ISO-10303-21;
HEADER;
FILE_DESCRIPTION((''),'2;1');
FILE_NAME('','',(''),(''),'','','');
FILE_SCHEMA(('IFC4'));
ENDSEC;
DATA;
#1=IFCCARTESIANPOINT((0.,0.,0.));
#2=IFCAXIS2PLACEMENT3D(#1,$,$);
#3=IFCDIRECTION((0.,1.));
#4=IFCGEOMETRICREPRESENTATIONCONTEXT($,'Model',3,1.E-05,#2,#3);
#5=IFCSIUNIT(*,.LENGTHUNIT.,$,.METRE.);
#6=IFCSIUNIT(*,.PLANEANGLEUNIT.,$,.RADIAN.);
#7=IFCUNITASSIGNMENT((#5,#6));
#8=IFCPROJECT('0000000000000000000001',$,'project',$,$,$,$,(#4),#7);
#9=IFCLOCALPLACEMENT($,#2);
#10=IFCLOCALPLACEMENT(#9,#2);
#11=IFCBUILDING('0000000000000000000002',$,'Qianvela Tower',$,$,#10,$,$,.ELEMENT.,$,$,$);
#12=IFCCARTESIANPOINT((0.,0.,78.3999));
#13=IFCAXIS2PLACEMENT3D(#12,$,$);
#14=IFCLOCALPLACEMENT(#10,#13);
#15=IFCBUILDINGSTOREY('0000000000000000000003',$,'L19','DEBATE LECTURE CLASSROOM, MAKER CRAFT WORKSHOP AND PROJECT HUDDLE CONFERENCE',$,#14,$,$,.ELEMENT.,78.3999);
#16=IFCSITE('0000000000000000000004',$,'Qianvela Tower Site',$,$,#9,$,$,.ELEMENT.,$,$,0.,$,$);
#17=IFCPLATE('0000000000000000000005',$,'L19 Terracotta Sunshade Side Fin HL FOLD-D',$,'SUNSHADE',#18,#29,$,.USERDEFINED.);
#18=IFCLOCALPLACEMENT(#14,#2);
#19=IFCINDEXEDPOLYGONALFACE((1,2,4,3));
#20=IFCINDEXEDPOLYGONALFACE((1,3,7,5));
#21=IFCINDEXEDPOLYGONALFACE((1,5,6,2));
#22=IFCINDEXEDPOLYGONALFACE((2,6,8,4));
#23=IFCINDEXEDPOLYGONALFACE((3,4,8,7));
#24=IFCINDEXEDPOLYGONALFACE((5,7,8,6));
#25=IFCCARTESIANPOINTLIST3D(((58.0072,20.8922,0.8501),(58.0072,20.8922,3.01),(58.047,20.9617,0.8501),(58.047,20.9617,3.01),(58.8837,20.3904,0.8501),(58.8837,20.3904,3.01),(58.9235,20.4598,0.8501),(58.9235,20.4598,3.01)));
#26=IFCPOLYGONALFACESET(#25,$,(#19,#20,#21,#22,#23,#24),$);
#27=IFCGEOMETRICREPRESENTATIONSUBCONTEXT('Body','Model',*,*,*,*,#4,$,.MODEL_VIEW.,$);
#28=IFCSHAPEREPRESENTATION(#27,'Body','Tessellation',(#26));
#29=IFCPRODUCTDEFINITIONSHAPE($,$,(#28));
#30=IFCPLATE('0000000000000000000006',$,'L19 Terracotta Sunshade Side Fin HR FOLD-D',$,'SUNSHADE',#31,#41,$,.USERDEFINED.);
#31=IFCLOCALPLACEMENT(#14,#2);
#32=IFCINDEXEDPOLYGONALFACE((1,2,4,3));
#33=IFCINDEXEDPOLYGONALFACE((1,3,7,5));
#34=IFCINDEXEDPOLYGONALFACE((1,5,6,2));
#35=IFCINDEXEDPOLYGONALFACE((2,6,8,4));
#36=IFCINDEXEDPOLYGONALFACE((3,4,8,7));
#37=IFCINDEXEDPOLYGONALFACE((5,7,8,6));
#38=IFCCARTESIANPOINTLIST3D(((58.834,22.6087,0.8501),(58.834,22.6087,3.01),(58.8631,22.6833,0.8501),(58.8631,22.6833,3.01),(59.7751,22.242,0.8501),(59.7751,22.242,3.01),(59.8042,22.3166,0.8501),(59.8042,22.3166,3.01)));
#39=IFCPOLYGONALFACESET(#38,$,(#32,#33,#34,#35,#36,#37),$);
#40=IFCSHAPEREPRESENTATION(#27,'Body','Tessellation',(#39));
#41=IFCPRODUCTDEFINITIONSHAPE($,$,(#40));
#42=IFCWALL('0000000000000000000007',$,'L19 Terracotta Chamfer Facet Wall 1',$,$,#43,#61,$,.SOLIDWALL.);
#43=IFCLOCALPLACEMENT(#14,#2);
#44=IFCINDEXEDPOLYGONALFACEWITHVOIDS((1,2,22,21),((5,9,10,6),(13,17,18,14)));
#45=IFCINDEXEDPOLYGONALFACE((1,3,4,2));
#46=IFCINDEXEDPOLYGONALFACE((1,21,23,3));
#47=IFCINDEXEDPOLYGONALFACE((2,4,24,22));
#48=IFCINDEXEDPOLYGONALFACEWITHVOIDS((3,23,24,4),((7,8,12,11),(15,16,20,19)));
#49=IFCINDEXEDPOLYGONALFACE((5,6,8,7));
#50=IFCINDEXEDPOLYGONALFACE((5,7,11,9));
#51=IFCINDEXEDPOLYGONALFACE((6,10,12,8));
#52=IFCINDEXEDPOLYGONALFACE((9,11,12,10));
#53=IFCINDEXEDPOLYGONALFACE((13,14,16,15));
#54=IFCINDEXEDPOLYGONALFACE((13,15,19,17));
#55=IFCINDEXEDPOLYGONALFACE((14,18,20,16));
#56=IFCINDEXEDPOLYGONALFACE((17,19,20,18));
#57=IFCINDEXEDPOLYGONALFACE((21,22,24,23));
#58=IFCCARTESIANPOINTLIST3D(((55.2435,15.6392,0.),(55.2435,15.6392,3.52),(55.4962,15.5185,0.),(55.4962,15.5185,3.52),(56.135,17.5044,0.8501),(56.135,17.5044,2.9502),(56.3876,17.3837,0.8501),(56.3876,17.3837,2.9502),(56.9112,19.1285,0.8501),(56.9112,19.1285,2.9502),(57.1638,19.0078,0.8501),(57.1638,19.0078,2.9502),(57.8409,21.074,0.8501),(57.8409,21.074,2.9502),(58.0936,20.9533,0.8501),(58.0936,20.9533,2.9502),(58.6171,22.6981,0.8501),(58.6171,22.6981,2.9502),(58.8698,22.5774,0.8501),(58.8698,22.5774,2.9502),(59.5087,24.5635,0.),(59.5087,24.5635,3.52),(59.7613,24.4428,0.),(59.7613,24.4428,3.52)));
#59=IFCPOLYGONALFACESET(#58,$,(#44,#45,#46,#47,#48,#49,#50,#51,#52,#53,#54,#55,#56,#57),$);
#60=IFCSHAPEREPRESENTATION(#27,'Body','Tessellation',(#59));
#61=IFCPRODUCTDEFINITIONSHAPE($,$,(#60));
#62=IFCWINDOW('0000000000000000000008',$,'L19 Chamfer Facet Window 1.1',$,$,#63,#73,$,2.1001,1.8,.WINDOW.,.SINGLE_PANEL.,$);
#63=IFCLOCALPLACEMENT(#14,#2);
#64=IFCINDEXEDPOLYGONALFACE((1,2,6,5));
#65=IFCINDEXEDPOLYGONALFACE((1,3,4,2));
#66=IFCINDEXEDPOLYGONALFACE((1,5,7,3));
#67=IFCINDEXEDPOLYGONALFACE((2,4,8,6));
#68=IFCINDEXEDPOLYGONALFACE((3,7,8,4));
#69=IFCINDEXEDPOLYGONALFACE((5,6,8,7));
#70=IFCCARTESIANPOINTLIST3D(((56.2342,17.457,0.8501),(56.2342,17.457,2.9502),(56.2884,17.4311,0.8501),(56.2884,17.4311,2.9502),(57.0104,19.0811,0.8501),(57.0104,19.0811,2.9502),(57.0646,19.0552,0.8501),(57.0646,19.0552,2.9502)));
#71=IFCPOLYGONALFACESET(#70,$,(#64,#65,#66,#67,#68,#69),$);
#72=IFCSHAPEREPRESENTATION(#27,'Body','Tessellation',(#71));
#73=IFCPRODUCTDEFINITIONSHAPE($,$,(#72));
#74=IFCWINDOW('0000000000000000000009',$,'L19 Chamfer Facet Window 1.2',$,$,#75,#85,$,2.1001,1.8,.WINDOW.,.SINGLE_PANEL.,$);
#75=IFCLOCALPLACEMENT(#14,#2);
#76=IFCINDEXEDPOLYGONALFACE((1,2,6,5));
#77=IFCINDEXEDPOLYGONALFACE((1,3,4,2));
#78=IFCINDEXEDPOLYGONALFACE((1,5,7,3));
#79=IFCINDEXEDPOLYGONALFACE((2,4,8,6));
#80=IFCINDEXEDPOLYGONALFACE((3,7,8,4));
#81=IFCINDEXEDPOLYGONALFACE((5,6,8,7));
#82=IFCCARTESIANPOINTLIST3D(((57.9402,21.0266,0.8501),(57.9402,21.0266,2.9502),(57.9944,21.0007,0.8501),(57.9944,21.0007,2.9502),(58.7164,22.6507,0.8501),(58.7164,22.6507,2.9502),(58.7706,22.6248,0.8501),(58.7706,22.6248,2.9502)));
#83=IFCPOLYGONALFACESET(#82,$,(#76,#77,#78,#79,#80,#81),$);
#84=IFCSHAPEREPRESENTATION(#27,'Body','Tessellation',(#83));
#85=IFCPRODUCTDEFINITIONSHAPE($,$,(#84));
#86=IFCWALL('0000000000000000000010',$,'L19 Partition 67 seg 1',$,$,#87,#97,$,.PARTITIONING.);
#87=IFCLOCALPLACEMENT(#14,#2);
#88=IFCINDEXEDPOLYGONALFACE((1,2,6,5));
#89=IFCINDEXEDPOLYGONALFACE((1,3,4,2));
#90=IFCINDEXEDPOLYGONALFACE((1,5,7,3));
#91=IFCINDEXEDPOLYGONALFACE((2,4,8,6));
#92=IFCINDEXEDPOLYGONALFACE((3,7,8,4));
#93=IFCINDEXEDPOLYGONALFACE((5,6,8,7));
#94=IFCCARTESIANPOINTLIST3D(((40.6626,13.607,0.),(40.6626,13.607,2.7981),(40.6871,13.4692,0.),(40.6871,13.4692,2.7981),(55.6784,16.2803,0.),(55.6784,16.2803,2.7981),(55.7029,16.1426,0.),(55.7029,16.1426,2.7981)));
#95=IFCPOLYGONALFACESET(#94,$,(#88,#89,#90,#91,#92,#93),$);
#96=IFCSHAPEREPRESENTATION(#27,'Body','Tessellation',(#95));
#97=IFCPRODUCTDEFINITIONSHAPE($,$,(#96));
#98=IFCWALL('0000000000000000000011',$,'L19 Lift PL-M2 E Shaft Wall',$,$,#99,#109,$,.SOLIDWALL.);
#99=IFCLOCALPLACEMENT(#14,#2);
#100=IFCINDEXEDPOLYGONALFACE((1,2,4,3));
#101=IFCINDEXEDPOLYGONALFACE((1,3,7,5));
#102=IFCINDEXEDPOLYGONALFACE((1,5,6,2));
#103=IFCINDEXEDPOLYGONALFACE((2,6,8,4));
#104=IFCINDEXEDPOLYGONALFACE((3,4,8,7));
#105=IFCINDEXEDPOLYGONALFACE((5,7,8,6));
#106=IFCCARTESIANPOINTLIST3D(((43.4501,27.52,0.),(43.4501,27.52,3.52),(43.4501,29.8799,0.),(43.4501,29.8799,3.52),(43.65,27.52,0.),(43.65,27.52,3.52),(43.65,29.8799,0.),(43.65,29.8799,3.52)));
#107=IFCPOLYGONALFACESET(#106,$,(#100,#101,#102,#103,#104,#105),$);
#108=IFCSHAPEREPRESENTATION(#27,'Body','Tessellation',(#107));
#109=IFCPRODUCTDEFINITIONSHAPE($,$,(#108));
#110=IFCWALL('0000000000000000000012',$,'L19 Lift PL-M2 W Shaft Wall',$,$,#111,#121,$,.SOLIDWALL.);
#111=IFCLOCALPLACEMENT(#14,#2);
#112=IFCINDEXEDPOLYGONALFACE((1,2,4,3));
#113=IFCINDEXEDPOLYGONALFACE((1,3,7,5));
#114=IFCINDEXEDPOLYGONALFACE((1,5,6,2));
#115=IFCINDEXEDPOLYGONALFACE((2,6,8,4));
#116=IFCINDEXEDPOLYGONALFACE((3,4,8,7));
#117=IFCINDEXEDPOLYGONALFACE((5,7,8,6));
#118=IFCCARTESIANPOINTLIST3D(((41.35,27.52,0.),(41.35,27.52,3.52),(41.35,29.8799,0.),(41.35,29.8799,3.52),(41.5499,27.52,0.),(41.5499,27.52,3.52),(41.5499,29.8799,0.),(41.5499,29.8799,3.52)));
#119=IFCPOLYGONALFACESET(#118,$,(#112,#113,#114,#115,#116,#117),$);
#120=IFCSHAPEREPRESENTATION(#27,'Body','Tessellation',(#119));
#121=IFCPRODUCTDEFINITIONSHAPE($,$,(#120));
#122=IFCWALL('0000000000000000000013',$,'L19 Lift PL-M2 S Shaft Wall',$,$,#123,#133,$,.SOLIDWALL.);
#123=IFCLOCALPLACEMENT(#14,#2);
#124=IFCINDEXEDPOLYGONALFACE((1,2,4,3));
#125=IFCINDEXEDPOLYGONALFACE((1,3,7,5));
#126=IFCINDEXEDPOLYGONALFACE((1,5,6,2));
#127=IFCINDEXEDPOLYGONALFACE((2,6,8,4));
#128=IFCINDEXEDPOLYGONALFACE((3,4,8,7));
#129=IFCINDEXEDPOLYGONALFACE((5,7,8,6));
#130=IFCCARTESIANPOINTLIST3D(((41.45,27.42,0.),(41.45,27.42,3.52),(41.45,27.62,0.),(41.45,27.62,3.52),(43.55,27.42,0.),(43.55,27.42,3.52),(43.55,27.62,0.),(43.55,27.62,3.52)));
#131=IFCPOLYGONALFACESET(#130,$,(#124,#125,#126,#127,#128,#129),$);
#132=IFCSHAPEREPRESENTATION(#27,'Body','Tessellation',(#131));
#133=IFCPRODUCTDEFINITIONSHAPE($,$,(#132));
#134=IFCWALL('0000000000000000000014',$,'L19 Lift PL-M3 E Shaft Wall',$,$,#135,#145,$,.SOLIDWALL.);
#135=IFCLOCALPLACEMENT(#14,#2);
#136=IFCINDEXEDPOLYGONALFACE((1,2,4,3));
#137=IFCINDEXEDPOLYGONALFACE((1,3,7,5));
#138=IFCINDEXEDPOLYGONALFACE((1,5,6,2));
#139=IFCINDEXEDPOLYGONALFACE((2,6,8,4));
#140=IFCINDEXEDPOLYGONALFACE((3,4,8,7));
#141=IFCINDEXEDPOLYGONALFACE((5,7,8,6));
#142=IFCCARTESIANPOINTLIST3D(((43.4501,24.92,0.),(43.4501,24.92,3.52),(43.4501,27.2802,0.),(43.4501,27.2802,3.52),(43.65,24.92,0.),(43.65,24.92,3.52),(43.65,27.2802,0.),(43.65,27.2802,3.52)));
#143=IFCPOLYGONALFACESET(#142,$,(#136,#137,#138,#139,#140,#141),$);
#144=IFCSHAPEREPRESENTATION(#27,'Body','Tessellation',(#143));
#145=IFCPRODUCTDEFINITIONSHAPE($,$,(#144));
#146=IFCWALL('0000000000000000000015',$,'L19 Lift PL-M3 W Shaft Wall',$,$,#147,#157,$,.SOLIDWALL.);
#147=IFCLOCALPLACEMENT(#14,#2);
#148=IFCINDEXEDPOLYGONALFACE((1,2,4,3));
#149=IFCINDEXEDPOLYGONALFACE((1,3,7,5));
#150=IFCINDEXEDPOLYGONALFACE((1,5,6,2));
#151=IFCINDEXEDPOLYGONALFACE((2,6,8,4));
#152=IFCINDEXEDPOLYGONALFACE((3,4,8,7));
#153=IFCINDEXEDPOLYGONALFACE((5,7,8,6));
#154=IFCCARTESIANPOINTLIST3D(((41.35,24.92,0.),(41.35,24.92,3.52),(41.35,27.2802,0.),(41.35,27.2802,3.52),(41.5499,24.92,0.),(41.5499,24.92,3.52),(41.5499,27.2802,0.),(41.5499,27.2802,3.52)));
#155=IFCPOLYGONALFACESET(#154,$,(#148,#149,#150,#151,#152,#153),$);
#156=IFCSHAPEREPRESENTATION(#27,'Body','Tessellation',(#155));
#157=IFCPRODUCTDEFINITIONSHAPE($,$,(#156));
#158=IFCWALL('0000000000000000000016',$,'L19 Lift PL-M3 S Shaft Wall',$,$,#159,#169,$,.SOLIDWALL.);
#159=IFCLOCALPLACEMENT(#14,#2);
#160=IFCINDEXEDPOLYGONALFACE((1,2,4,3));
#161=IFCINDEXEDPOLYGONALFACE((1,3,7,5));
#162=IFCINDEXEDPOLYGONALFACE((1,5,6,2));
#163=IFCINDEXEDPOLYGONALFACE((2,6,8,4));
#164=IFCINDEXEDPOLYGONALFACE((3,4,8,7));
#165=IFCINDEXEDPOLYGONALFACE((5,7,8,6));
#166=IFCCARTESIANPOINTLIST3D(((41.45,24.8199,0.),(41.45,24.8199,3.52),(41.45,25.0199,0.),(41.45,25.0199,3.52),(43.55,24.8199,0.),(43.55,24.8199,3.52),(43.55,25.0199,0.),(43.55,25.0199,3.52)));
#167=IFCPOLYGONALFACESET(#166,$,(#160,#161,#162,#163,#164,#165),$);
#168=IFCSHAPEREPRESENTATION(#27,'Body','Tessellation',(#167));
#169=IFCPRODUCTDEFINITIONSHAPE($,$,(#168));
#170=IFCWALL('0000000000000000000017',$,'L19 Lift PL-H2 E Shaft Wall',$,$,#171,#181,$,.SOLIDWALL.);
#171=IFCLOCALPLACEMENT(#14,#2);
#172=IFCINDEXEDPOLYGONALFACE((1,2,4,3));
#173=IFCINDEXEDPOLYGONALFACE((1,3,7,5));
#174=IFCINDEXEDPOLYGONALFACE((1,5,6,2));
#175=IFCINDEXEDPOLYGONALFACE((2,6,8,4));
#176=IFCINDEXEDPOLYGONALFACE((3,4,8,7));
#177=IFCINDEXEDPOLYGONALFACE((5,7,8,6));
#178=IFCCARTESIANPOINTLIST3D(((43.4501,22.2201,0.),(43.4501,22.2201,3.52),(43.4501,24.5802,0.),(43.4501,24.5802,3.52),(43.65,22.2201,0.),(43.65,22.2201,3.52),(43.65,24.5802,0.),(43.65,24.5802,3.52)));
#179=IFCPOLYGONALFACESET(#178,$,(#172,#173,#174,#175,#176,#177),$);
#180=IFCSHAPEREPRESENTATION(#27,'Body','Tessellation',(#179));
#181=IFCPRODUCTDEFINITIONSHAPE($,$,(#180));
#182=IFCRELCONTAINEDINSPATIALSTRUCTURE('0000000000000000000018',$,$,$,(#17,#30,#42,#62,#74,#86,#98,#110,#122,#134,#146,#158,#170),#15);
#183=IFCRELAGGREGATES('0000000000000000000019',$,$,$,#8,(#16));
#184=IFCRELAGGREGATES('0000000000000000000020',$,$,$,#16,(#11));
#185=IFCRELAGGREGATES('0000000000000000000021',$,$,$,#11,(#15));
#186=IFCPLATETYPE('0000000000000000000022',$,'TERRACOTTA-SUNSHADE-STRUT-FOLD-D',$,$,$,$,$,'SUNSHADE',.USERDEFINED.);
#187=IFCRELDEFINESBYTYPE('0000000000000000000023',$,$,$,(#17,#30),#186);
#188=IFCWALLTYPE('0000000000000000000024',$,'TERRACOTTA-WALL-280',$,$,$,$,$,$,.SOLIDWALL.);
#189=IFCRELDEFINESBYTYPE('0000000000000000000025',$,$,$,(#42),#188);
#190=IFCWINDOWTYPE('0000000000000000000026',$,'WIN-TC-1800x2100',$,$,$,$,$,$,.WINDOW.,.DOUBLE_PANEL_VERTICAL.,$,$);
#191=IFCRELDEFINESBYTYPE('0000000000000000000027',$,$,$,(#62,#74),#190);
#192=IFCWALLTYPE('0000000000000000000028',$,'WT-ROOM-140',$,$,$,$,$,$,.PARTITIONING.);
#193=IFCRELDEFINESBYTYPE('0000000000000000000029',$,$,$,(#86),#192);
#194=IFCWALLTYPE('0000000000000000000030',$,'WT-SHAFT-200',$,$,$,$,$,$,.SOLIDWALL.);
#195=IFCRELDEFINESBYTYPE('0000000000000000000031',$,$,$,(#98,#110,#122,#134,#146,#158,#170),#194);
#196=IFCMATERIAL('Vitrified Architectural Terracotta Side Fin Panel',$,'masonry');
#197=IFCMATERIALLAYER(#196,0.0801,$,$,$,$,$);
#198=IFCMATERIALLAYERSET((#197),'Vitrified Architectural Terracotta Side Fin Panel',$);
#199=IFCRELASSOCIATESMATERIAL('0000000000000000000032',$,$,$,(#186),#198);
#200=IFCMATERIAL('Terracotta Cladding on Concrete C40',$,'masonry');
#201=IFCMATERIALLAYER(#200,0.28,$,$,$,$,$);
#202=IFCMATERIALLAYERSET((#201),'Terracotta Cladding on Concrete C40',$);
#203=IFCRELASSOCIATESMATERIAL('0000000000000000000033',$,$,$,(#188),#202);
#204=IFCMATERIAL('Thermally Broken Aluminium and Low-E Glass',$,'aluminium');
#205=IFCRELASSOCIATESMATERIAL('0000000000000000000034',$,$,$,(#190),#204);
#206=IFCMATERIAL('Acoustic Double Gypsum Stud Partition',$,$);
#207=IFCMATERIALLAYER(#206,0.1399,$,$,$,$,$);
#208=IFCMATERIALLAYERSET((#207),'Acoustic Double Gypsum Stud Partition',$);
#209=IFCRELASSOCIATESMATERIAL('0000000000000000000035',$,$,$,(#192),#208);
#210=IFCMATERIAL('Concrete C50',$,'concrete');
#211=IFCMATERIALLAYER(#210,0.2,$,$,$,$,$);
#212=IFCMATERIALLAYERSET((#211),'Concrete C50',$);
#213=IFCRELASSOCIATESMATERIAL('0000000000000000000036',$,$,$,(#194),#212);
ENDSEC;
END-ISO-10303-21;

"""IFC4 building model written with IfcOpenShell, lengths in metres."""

from ifc_helpers import new_model, si_unit, direction, frame, frame_2d, origin, origin_2d, place, context, subcontext, project, spatial, rectangle, extrude, material, layer, layer_set, type_object, element, fill, save


model = new_model("IFC4")

# Units and contexts
model_context = context("Model", 3, precision=1e-05, world=origin(), true_north=direction((0.0, 1.0)))
body_context = subcontext(model_context, "Body", "Model", "MODEL_VIEW")
ifc_project = project(units=[si_unit("LENGTHUNIT", "METRE"), si_unit("PLANEANGLEUNIT", "RADIAN")], contexts=[model_context])

# Site, building, storey
site_placement = place(None, origin())
site = spatial("IfcSite", under=ifc_project, at=site_placement, Name="Qianvela Tower Site", CompositionType="ELEMENT", RefElevation=0.0)
building_placement = place(site_placement, origin())
building = spatial("IfcBuilding", under=site, at=building_placement, Name="Qianvela Tower", CompositionType="ELEMENT")
storey_placement = place(building_placement, frame((0.0, 0.0, 78.3999)))
storey = spatial("IfcBuildingStorey", under=building, at=storey_placement, Name="L19", Description="DEBATE LECTURE CLASSROOM, MAKER CRAFT WORKSHOP AND PROJECT HUDDLE CONFERENCE", CompositionType="ELEMENT", Elevation=78.3999)

# Plates
ifc_material_1 = material(Name="Vitrified Architectural Terracotta Side Fin Panel", Category="masonry")
ifc_layer_1 = layer(ifc_material_1, 0.0801)
ifc_layer_set_1 = layer_set([ifc_layer_1], Name="Vitrified Architectural Terracotta Side Fin Panel")
plate_type_1 = type_object("IfcPlateType", Name="TERRACOTTA-SUNSHADE-STRUT-FOLD-D", ElementType="SUNSHADE", PredefinedType="USERDEFINED", material=ifc_layer_set_1)
for number, where, z_axis, x_axis, name in (
    (1, (58.4653, 20.676, 0.8501), (0.0, 0.0, 1.0), (0.496872, 0.867824, 0.0), "L19 Terracotta Sunshade Side Fin HL FOLD-D"),
    (2, (59.3191, 22.4626, 0.8501), (0.0, 0.0, 1.0), (0.363142, 0.931734, 0.0), "L19 Terracotta Sunshade Side Fin HR FOLD-D"),
):
    element("IfcPlate", number, at=place(storey_placement, frame(where, z_axis=z_axis, x_axis=x_axis)), inside=storey, type_object=plate_type_1, Name=name, ObjectType="SUNSHADE", PredefinedType="USERDEFINED", context=body_context, shape_type="SweptSolid", body=[
        extrude(rectangle(XDim=0.0801, YDim=1.01, at=origin_2d()), origin(), (0.0, 0.0, 1.0), 2.1599),
    ])

# Wall, openings, windows
ifc_material_2 = material(Name="Terracotta Cladding on Concrete C40", Category="masonry")
ifc_layer_2 = layer(ifc_material_2, 0.28)
ifc_layer_set_2 = layer_set([ifc_layer_2], Name="Terracotta Cladding on Concrete C40")
wall_type_1 = type_object("IfcWallType", Name="TERRACOTTA-WALL-280", PredefinedType="SOLIDWALL", material=ifc_layer_set_2)
wall_1_placement = place(storey_placement, frame((55.3699, 15.5789, 0.0), z_axis=(0.0, 0.0, 1.0), x_axis=(0.431207, 0.902253, 0.0)))
wall_1 = element("IfcWall", 3, at=wall_1_placement, inside=storey, type_object=wall_type_1, Name="L19 Terracotta Chamfer Facet Wall 1", PredefinedType="SOLIDWALL", context=body_context, shape_type="SweptSolid", body=[
    extrude(rectangle(XDim=9.8911, YDim=0.28, at=frame_2d((4.9456, 0.0))), origin(), (0.0, 0.0, 1.0), 3.52),
])
opening_1_placement = place(wall_1_placement, frame((2.0674, 0.0, 0.8501)))
opening_1 = element("IfcOpeningElement", 4, at=opening_1_placement, cuts=wall_1, PredefinedType="OPENING", context=body_context, shape_type="SweptSolid", body=[
    extrude(rectangle(XDim=1.8, YDim=2.1001, at=frame_2d((0.8999, 1.05))), frame((0.0, 0.1499, 0.0), z_axis=(0.0, -1.0, 0.0), x_axis=(1.0, 0.0, 0.0)), (0.0, 0.0, 1.0), 0.3),
])
opening_2_placement = place(wall_1_placement, frame((6.0237, 0.0, 0.8501)))
opening_2 = element("IfcOpeningElement", 5, at=opening_2_placement, cuts=wall_1, PredefinedType="OPENING", context=body_context, shape_type="SweptSolid", body=[
    extrude(rectangle(XDim=1.8, YDim=2.1001, at=frame_2d((0.8999, 1.05))), frame((0.0, 0.1499, 0.0), z_axis=(0.0, -1.0, 0.0), x_axis=(1.0, 0.0, 0.0)), (0.0, 0.0, 1.0), 0.3),
])
ifc_material_3 = material(Name="Thermally Broken Aluminium and Low-E Glass", Category="aluminium")
window_type = type_object("IfcWindowType", Name="WIN-TC-1800x2100", PartitioningType="DOUBLE_PANEL_VERTICAL", PredefinedType="WINDOW", material=ifc_material_3)
window_1_placement = place(opening_1_placement, origin())
window_1 = element("IfcWindow", 6, at=window_1_placement, inside=storey, type_object=window_type, Name="L19 Chamfer Facet Window 1.1", OverallHeight=2.1001, OverallWidth=1.8, PartitioningType="SINGLE_PANEL", PredefinedType="WINDOW", context=body_context, shape_type="SweptSolid", body=[
    extrude(rectangle(XDim=1.8, YDim=2.1001, at=frame_2d((0.8999, 1.05))), frame((0.0, 0.03, 0.0), z_axis=(0.0, -1.0, 0.0), x_axis=(1.0, 0.0, 0.0)), (0.0, 0.0, 1.0), 0.0601),
])
fill(opening_1, window_1)
window_2_placement = place(opening_2_placement, origin())
window_2 = element("IfcWindow", 7, at=window_2_placement, inside=storey, type_object=window_type, Name="L19 Chamfer Facet Window 1.2", OverallHeight=2.1001, OverallWidth=1.8, PartitioningType="SINGLE_PANEL", PredefinedType="WINDOW", context=body_context, shape_type="SweptSolid", body=[
    extrude(rectangle(XDim=1.8, YDim=2.1001, at=frame_2d((0.8999, 1.05))), frame((0.0, 0.03, 0.0), z_axis=(0.0, -1.0, 0.0), x_axis=(1.0, 0.0, 0.0)), (0.0, 0.0, 1.0), 0.0601),
])
fill(opening_2, window_2)

# Walls
ifc_material_4 = material(Name="Acoustic Double Gypsum Stud Partition")
ifc_layer_3 = layer(ifc_material_4, 0.1399)
ifc_layer_set_3 = layer_set([ifc_layer_3], Name="Acoustic Double Gypsum Stud Partition")
wall_type_2 = type_object("IfcWallType", Name="WT-ROOM-140", PredefinedType="PARTITIONING", material=ifc_layer_set_3)
wall_2_placement = place(storey_placement, frame((55.6907, 16.2114, 0.0), z_axis=(0.0, 0.0, 1.0), x_axis=(-0.984519, -0.175278, 0.0)))
element("IfcWall", 8, at=wall_2_placement, inside=storey, type_object=wall_type_2, Name="L19 Partition 67 seg 1", PredefinedType="PARTITIONING", context=body_context, shape_type="SweptSolid", body=[
    extrude(rectangle(XDim=15.252, YDim=0.1399, at=frame_2d((7.626, 0.0))), origin(), (0.0, 0.0, 1.0), 2.7981),
])
ifc_material_5 = material(Name="Concrete C50", Category="concrete")
ifc_layer_4 = layer(ifc_material_5, 0.2)
ifc_layer_set_4 = layer_set([ifc_layer_4], Name="Concrete C50")
wall_type_3 = type_object("IfcWallType", Name="WT-SHAFT-200", PredefinedType="SOLIDWALL", material=ifc_layer_set_4)
for number, where, z_axis, x_axis, name in (
    (9, (43.55, 27.52, 0.0), (0.0, 0.0, 1.0), (0.0, 1.0, 0.0), "L19 Lift PL-M2 E Shaft Wall"),
    (10, (41.45, 27.52, 0.0), (0.0, 0.0, 1.0), (0.0, 1.0, 0.0), "L19 Lift PL-M2 W Shaft Wall"),
):
    element("IfcWall", number, at=place(storey_placement, frame(where, z_axis=z_axis, x_axis=x_axis)), inside=storey, type_object=wall_type_3, Name=name, PredefinedType="SOLIDWALL", context=body_context, shape_type="SweptSolid", body=[
        extrude(rectangle(XDim=2.3599, YDim=0.2, at=frame_2d((1.1799, 0.0))), origin(), (0.0, 0.0, 1.0), 3.52),
    ])
wall_3_placement = place(storey_placement, frame((41.45, 27.52, 0.0), z_axis=(0.0, 0.0, 1.0), x_axis=(1.0, 0.0, 0.0)))
element("IfcWall", 11, at=wall_3_placement, inside=storey, type_object=wall_type_3, Name="L19 Lift PL-M2 S Shaft Wall", PredefinedType="SOLIDWALL", context=body_context, shape_type="SweptSolid", body=[
    extrude(rectangle(XDim=2.1001, YDim=0.2, at=frame_2d((1.05, 0.0))), origin(), (0.0, 0.0, 1.0), 3.52),
])
for number, where, z_axis, x_axis, name in (
    (12, (43.55, 24.9199, 0.0), (0.0, 0.0, 1.0), (0.0, 1.0, 0.0), "L19 Lift PL-M3 E Shaft Wall"),
    (13, (41.45, 24.9199, 0.0), (0.0, 0.0, 1.0), (0.0, 1.0, 0.0), "L19 Lift PL-M3 W Shaft Wall"),
):
    element("IfcWall", number, at=place(storey_placement, frame(where, z_axis=z_axis, x_axis=x_axis)), inside=storey, type_object=wall_type_3, Name=name, PredefinedType="SOLIDWALL", context=body_context, shape_type="SweptSolid", body=[
        extrude(rectangle(XDim=2.3601, YDim=0.2, at=frame_2d((1.1802, 0.0))), origin(), (0.0, 0.0, 1.0), 3.52),
    ])
wall_4_placement = place(storey_placement, frame((41.45, 24.9199, 0.0), z_axis=(0.0, 0.0, 1.0), x_axis=(1.0, 0.0, 0.0)))
element("IfcWall", 14, at=wall_4_placement, inside=storey, type_object=wall_type_3, Name="L19 Lift PL-M3 S Shaft Wall", PredefinedType="SOLIDWALL", context=body_context, shape_type="SweptSolid", body=[
    extrude(rectangle(XDim=2.1001, YDim=0.2, at=frame_2d((1.05, 0.0))), origin(), (0.0, 0.0, 1.0), 3.52),
])
wall_5_placement = place(storey_placement, frame((43.55, 22.22, 0.0), z_axis=(0.0, 0.0, 1.0), x_axis=(0.0, 1.0, 0.0)))
element("IfcWall", 15, at=wall_5_placement, inside=storey, type_object=wall_type_3, Name="L19 Lift PL-H2 E Shaft Wall", PredefinedType="SOLIDWALL", context=body_context, shape_type="SweptSolid", body=[
    extrude(rectangle(XDim=2.3601, YDim=0.2, at=frame_2d((1.1802, 0.0))), origin(), (0.0, 0.0, 1.0), 3.52),
])

save(model, "model.ifc")
